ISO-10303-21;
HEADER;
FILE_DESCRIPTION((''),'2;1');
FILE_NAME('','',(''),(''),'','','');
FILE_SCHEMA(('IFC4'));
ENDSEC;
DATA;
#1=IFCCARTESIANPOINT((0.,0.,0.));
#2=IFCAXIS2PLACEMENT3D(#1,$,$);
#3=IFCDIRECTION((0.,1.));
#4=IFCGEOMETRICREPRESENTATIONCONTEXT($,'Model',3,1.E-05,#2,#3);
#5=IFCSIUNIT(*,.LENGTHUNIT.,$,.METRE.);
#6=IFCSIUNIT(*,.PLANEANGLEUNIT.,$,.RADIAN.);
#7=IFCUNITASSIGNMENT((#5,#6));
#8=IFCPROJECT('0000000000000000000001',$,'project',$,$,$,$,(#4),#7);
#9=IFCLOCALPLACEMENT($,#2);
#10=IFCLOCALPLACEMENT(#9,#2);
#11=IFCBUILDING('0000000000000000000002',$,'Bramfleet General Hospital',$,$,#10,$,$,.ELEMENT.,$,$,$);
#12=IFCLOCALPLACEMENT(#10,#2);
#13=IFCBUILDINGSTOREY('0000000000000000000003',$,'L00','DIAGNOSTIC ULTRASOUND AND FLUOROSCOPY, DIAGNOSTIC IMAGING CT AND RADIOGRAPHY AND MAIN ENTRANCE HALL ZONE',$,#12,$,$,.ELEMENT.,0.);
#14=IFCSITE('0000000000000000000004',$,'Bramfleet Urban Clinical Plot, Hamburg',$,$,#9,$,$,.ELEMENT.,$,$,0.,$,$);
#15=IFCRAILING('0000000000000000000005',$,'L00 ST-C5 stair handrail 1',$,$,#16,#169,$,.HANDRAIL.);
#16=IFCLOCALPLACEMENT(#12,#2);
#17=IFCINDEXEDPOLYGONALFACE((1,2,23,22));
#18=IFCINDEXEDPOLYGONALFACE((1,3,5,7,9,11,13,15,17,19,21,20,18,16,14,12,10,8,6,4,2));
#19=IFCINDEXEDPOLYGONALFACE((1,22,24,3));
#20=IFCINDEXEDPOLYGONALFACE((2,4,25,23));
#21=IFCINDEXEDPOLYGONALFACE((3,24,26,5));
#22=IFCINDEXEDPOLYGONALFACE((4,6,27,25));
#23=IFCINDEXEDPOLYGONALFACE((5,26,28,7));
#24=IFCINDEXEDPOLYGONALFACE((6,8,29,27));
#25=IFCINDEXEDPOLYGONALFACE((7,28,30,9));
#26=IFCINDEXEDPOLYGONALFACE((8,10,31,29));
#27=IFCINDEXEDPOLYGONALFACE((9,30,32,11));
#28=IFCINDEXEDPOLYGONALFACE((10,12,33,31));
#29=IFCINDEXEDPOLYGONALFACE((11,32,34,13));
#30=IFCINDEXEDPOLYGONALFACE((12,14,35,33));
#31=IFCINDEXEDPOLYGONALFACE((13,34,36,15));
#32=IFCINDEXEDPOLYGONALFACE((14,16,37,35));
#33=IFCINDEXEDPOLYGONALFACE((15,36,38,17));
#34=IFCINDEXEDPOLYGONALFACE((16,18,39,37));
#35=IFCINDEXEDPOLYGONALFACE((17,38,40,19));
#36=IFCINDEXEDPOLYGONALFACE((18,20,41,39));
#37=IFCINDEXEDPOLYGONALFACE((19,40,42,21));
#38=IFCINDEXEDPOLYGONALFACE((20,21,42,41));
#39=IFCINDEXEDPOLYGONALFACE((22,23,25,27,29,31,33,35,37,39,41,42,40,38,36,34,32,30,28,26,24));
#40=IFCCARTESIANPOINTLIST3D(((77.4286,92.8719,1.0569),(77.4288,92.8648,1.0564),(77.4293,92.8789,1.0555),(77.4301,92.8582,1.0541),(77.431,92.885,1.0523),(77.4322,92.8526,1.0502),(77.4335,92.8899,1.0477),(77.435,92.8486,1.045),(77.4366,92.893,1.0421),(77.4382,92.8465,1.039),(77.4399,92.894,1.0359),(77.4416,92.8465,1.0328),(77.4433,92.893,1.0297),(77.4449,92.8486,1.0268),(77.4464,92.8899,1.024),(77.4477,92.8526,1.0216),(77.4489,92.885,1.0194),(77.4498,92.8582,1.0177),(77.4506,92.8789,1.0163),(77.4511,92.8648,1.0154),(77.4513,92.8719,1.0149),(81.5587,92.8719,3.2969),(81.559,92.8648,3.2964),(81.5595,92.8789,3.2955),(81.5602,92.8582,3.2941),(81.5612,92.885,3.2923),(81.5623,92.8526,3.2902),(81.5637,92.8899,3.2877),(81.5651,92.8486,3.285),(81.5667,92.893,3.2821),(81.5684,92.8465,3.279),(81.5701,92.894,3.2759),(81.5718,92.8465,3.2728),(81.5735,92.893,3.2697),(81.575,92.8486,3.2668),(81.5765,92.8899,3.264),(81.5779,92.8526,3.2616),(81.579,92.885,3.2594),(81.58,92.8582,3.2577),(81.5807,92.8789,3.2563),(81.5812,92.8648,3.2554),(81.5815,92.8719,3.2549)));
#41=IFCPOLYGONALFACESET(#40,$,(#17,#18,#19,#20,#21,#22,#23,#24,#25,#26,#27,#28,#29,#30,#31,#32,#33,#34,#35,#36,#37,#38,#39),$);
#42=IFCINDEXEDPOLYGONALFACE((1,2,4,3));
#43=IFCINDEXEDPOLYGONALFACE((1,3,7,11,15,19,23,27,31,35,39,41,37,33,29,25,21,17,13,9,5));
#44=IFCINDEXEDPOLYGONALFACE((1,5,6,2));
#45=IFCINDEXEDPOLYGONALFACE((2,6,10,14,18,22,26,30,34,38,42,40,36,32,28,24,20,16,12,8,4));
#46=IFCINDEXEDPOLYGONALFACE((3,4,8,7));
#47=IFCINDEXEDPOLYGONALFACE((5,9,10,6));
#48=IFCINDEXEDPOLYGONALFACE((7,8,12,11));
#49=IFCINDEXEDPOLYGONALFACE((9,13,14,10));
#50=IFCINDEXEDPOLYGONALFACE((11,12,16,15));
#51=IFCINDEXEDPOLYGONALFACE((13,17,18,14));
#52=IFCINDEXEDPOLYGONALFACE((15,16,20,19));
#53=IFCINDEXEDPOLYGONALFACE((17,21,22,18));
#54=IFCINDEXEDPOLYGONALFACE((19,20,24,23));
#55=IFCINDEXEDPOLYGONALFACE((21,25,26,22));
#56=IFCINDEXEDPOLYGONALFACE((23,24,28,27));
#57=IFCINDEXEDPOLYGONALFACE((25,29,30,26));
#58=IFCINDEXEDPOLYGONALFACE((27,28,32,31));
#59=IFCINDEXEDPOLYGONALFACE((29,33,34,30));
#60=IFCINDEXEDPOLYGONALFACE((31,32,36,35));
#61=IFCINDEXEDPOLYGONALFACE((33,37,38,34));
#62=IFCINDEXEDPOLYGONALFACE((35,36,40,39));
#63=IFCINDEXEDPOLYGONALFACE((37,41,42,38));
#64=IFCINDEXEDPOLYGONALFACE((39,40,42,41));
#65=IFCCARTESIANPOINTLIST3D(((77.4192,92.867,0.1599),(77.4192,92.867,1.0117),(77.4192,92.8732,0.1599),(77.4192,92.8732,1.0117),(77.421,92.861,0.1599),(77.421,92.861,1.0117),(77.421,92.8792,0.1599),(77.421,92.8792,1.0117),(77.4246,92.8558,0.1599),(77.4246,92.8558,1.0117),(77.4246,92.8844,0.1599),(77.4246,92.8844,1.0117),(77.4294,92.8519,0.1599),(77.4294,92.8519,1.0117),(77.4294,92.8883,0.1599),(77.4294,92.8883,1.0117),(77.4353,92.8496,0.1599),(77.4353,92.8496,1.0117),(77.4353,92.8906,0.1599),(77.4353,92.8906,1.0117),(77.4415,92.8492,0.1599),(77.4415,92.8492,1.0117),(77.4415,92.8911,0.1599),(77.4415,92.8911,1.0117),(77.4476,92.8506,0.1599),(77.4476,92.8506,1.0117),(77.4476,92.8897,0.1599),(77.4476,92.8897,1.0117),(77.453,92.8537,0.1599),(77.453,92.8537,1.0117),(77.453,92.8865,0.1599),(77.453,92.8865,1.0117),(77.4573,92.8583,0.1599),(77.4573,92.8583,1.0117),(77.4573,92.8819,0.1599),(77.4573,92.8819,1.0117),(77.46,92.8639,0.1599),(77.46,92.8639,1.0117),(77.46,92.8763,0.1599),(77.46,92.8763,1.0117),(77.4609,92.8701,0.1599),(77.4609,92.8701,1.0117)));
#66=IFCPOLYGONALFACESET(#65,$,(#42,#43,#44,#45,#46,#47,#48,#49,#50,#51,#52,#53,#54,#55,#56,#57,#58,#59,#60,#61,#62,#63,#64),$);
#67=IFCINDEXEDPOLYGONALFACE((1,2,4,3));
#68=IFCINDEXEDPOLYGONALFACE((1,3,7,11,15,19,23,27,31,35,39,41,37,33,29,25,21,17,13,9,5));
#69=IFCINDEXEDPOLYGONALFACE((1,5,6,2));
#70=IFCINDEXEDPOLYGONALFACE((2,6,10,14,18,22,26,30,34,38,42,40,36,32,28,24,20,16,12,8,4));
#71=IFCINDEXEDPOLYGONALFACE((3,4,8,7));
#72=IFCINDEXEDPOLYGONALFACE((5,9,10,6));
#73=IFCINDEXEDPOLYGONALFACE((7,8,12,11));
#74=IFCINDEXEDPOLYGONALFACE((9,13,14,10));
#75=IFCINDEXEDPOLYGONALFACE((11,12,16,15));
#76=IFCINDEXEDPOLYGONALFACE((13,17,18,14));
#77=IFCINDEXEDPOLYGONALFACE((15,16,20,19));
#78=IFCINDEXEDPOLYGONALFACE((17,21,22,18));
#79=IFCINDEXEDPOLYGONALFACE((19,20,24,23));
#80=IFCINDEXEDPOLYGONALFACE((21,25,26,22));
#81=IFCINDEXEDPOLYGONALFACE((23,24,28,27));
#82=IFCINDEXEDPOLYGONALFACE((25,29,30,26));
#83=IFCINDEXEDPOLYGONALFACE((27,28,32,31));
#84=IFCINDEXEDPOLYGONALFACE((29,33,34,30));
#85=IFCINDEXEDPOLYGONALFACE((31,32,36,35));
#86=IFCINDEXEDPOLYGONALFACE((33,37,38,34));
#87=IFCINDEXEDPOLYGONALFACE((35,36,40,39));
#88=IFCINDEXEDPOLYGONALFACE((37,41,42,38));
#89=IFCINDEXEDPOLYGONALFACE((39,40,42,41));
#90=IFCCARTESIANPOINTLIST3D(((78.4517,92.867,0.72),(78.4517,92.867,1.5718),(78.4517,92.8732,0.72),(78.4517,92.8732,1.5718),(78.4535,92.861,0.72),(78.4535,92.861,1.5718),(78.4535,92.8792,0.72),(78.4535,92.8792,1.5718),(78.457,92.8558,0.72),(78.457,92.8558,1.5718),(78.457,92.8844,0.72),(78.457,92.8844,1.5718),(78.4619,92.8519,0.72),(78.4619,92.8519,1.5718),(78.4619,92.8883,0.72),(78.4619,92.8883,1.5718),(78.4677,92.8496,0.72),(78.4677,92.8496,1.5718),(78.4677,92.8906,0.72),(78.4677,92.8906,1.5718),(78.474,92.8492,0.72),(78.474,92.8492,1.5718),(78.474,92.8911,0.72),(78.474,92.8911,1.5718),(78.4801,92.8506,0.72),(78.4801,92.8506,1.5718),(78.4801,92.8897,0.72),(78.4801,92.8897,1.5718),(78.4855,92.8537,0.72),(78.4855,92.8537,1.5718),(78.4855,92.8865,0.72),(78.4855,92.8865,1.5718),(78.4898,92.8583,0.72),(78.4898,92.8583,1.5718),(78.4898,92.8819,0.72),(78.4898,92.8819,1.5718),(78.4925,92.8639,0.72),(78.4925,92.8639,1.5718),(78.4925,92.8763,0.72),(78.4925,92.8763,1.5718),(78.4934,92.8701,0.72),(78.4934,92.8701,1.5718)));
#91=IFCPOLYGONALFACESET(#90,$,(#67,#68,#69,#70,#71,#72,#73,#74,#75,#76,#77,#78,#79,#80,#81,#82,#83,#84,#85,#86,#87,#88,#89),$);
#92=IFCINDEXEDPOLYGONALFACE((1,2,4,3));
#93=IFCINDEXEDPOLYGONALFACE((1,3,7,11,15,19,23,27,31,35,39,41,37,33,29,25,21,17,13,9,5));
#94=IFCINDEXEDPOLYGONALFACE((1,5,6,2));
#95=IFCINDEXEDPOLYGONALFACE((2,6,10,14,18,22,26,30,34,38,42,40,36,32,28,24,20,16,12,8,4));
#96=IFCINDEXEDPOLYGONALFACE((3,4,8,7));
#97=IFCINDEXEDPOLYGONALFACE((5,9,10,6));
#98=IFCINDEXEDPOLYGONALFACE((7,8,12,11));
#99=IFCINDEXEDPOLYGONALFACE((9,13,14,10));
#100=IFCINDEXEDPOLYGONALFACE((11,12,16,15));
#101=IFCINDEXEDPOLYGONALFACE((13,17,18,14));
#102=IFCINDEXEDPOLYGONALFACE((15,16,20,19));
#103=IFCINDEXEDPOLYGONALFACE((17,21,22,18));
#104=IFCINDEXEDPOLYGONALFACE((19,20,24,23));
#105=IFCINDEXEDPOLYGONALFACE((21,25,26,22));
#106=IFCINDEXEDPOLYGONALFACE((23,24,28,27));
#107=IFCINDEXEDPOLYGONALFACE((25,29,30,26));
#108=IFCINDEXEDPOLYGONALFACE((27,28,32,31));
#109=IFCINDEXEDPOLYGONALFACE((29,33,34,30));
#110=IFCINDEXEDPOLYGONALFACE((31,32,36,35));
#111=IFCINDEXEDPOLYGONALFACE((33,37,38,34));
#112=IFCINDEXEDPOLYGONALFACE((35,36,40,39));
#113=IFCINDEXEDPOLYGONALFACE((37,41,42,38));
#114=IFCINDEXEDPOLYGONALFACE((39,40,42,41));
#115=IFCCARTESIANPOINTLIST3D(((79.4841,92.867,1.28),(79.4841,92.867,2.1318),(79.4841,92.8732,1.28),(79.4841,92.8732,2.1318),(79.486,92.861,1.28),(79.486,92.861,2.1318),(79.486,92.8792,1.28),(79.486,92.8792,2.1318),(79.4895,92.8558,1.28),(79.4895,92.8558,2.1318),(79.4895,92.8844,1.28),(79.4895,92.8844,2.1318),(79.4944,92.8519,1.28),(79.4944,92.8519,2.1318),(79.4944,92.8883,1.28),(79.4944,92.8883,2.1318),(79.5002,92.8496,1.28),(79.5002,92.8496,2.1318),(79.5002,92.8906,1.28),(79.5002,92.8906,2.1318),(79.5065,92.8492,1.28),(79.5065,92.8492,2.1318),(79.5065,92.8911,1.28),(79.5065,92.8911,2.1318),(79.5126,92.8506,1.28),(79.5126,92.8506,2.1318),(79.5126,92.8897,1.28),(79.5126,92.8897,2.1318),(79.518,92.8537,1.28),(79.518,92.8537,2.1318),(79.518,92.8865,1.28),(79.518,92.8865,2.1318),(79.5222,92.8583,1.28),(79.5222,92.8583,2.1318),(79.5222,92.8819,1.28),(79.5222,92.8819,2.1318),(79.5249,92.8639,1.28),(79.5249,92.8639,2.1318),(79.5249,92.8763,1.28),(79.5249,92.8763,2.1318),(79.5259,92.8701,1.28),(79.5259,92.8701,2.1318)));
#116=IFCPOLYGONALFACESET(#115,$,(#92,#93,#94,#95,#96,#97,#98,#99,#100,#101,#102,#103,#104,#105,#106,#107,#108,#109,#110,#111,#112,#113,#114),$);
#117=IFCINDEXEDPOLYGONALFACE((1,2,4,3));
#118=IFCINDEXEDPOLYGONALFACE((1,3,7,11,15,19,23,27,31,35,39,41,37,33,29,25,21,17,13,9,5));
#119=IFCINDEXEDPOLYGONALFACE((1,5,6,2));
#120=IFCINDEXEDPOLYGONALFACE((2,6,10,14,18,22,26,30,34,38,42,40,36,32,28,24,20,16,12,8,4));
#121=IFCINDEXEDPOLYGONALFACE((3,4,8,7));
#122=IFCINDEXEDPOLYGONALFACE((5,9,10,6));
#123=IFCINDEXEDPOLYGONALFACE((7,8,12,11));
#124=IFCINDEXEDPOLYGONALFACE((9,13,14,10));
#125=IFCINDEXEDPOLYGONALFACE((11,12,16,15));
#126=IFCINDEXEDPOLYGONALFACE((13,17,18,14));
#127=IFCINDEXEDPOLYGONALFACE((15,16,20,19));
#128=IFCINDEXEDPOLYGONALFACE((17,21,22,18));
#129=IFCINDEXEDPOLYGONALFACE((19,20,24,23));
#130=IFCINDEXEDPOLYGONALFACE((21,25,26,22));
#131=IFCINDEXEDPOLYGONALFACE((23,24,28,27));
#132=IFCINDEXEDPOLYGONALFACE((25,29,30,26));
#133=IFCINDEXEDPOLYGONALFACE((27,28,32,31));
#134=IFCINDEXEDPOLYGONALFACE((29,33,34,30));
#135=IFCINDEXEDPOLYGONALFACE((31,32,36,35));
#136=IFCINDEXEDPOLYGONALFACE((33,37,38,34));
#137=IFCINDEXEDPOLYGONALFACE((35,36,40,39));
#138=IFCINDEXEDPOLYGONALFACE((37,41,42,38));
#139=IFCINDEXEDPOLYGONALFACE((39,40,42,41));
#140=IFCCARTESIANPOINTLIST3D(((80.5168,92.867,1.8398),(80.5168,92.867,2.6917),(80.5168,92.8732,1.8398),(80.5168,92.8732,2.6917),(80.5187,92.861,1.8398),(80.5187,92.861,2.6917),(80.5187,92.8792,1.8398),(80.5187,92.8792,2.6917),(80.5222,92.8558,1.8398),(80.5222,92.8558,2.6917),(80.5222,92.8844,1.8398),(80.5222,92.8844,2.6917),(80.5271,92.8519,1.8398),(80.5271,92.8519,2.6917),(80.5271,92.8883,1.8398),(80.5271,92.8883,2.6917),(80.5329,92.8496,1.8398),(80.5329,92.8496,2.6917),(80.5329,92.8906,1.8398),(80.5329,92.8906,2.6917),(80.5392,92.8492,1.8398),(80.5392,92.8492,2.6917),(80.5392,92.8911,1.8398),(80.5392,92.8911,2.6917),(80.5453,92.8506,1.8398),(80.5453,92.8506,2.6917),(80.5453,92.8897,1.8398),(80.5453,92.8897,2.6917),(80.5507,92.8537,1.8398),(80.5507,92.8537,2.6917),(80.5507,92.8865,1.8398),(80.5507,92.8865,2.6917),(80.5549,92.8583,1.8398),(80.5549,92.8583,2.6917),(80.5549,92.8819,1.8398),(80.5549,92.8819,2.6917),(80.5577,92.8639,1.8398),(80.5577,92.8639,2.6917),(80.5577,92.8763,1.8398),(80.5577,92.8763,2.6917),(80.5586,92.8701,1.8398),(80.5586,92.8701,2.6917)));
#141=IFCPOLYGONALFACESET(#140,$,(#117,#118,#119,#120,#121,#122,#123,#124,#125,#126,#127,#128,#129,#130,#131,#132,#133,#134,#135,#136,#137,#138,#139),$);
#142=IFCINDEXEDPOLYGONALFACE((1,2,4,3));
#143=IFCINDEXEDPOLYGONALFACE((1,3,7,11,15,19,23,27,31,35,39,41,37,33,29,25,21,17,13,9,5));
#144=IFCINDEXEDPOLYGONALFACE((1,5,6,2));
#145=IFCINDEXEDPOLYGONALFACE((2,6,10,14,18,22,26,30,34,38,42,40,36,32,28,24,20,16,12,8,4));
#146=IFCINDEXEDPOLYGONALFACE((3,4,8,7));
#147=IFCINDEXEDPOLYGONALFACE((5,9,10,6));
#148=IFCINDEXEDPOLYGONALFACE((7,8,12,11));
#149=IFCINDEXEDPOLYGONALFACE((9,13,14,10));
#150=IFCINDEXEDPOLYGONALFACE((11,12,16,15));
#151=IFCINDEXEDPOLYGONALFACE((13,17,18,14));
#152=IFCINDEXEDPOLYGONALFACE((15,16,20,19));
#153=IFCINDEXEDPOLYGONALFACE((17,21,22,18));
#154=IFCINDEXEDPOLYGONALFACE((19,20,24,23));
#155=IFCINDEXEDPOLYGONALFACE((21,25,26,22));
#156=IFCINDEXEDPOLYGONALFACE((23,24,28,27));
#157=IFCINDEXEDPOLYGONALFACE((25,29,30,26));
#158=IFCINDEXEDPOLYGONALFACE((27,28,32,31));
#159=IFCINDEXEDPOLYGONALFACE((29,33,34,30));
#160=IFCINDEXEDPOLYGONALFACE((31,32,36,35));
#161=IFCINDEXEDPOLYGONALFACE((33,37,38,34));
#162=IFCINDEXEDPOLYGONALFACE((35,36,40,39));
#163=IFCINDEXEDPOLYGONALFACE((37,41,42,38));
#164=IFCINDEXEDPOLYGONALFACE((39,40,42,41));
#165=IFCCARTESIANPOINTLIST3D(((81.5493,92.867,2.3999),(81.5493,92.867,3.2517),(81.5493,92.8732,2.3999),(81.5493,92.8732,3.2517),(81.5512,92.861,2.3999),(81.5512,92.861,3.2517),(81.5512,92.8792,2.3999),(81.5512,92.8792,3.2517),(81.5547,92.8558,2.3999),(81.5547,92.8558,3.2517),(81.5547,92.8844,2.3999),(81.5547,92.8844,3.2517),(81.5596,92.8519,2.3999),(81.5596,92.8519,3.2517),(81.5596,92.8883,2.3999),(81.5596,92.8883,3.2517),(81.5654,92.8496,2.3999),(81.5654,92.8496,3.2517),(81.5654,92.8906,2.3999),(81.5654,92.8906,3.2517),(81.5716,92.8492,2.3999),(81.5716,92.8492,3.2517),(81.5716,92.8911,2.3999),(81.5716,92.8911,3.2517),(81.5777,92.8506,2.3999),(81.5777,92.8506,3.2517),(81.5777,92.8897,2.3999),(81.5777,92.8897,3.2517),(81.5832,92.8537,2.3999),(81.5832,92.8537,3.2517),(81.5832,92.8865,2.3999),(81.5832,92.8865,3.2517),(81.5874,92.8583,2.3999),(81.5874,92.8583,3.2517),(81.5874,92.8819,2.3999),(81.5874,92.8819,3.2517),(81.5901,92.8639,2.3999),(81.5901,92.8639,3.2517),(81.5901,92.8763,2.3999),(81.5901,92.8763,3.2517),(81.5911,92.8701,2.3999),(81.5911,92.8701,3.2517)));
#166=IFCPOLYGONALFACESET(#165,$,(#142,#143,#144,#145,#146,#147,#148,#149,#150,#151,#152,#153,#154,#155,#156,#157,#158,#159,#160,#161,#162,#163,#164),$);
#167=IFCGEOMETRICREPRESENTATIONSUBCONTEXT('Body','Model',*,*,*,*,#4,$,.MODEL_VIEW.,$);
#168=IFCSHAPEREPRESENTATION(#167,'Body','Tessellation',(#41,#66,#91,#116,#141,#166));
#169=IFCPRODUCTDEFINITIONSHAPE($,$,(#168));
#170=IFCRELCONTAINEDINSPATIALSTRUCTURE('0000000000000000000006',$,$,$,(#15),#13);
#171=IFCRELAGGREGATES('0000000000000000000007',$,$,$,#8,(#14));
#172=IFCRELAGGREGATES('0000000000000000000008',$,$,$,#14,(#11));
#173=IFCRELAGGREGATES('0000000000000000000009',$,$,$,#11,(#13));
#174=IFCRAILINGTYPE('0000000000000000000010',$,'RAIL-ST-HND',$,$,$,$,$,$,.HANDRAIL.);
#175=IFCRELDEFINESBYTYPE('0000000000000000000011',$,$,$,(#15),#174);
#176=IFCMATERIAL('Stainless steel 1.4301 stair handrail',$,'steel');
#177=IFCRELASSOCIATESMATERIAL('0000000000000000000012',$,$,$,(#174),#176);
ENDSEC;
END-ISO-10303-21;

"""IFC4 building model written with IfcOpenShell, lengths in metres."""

from ifc_helpers import new_model, si_unit, direction, frame, origin, origin_2d, place, context, subcontext, project, spatial, circle, extrude, material, type_object, element, save


model = new_model("IFC4")

# Units and contexts
model_context = context("Model", 3, precision=1e-05, world=origin(), true_north=direction((0.0, 1.0)))
body_context = subcontext(model_context, "Body", "Model", "MODEL_VIEW")
ifc_project = project(units=[si_unit("LENGTHUNIT", "METRE"), si_unit("PLANEANGLEUNIT", "RADIAN")], contexts=[model_context])

# Site, building, storey
site_placement = place(None, origin())
site = spatial("IfcSite", under=ifc_project, at=site_placement, Name="Bramfleet Urban Clinical Plot, Hamburg", CompositionType="ELEMENT", RefElevation=0.0)
building_placement = place(site_placement, origin())
building = spatial("IfcBuilding", under=site, at=building_placement, Name="Bramfleet General Hospital", CompositionType="ELEMENT")
storey_placement = place(building_placement, origin())
storey = spatial("IfcBuildingStorey", under=building, at=storey_placement, Name="L00", Description="DIAGNOSTIC ULTRASOUND AND FLUOROSCOPY, DIAGNOSTIC IMAGING CT AND RADIOGRAPHY AND MAIN ENTRANCE HALL ZONE", CompositionType="ELEMENT", Elevation=0.0)

# Railing
ifc_material_1 = material(Name="Stainless steel 1.4301 stair handrail", Category="steel")
railing_type_1 = type_object("IfcRailingType", Name="RAIL-ST-HND", PredefinedType="HANDRAIL", material=ifc_material_1)
railing_1_placement = place(storey_placement, frame((77.4399, 92.8701, 0.1599)))
element("IfcRailing", 1, at=railing_1_placement, inside=storey, type_object=railing_type_1, Name="L00 ST-C5 stair handrail 1", PredefinedType="HANDRAIL", context=body_context, shape_type="SweptSolid", body=[
    extrude(circle(Radius=0.0239, at=origin_2d()), frame((0.0, 0.0, 0.876), z_axis=(0.879039, 0.0, 0.47675), x_axis=(0.0, 1.0, 0.0)), (0.0, 0.0, 1.0), 4.6985),
    extrude(circle(Radius=0.021, at=origin_2d()), origin(), (0.0, 0.0, 1.0), 0.8518),
    extrude(circle(Radius=0.021, at=origin_2d()), frame((1.0325, 0.0, 0.5601)), (0.0, 0.0, 1.0), 0.8518),
    extrude(circle(Radius=0.021, at=origin_2d()), frame((2.0649, 0.0, 1.1201)), (0.0, 0.0, 1.0), 0.8518),
    extrude(circle(Radius=0.021, at=origin_2d()), frame((3.0977, 0.0, 1.6799)), (0.0, 0.0, 1.0), 0.8518),
    extrude(circle(Radius=0.021, at=origin_2d()), frame((4.1301, 0.0, 2.24)), (0.0, 0.0, 1.0), 0.8518),
])

save(model, "model.ifc")
